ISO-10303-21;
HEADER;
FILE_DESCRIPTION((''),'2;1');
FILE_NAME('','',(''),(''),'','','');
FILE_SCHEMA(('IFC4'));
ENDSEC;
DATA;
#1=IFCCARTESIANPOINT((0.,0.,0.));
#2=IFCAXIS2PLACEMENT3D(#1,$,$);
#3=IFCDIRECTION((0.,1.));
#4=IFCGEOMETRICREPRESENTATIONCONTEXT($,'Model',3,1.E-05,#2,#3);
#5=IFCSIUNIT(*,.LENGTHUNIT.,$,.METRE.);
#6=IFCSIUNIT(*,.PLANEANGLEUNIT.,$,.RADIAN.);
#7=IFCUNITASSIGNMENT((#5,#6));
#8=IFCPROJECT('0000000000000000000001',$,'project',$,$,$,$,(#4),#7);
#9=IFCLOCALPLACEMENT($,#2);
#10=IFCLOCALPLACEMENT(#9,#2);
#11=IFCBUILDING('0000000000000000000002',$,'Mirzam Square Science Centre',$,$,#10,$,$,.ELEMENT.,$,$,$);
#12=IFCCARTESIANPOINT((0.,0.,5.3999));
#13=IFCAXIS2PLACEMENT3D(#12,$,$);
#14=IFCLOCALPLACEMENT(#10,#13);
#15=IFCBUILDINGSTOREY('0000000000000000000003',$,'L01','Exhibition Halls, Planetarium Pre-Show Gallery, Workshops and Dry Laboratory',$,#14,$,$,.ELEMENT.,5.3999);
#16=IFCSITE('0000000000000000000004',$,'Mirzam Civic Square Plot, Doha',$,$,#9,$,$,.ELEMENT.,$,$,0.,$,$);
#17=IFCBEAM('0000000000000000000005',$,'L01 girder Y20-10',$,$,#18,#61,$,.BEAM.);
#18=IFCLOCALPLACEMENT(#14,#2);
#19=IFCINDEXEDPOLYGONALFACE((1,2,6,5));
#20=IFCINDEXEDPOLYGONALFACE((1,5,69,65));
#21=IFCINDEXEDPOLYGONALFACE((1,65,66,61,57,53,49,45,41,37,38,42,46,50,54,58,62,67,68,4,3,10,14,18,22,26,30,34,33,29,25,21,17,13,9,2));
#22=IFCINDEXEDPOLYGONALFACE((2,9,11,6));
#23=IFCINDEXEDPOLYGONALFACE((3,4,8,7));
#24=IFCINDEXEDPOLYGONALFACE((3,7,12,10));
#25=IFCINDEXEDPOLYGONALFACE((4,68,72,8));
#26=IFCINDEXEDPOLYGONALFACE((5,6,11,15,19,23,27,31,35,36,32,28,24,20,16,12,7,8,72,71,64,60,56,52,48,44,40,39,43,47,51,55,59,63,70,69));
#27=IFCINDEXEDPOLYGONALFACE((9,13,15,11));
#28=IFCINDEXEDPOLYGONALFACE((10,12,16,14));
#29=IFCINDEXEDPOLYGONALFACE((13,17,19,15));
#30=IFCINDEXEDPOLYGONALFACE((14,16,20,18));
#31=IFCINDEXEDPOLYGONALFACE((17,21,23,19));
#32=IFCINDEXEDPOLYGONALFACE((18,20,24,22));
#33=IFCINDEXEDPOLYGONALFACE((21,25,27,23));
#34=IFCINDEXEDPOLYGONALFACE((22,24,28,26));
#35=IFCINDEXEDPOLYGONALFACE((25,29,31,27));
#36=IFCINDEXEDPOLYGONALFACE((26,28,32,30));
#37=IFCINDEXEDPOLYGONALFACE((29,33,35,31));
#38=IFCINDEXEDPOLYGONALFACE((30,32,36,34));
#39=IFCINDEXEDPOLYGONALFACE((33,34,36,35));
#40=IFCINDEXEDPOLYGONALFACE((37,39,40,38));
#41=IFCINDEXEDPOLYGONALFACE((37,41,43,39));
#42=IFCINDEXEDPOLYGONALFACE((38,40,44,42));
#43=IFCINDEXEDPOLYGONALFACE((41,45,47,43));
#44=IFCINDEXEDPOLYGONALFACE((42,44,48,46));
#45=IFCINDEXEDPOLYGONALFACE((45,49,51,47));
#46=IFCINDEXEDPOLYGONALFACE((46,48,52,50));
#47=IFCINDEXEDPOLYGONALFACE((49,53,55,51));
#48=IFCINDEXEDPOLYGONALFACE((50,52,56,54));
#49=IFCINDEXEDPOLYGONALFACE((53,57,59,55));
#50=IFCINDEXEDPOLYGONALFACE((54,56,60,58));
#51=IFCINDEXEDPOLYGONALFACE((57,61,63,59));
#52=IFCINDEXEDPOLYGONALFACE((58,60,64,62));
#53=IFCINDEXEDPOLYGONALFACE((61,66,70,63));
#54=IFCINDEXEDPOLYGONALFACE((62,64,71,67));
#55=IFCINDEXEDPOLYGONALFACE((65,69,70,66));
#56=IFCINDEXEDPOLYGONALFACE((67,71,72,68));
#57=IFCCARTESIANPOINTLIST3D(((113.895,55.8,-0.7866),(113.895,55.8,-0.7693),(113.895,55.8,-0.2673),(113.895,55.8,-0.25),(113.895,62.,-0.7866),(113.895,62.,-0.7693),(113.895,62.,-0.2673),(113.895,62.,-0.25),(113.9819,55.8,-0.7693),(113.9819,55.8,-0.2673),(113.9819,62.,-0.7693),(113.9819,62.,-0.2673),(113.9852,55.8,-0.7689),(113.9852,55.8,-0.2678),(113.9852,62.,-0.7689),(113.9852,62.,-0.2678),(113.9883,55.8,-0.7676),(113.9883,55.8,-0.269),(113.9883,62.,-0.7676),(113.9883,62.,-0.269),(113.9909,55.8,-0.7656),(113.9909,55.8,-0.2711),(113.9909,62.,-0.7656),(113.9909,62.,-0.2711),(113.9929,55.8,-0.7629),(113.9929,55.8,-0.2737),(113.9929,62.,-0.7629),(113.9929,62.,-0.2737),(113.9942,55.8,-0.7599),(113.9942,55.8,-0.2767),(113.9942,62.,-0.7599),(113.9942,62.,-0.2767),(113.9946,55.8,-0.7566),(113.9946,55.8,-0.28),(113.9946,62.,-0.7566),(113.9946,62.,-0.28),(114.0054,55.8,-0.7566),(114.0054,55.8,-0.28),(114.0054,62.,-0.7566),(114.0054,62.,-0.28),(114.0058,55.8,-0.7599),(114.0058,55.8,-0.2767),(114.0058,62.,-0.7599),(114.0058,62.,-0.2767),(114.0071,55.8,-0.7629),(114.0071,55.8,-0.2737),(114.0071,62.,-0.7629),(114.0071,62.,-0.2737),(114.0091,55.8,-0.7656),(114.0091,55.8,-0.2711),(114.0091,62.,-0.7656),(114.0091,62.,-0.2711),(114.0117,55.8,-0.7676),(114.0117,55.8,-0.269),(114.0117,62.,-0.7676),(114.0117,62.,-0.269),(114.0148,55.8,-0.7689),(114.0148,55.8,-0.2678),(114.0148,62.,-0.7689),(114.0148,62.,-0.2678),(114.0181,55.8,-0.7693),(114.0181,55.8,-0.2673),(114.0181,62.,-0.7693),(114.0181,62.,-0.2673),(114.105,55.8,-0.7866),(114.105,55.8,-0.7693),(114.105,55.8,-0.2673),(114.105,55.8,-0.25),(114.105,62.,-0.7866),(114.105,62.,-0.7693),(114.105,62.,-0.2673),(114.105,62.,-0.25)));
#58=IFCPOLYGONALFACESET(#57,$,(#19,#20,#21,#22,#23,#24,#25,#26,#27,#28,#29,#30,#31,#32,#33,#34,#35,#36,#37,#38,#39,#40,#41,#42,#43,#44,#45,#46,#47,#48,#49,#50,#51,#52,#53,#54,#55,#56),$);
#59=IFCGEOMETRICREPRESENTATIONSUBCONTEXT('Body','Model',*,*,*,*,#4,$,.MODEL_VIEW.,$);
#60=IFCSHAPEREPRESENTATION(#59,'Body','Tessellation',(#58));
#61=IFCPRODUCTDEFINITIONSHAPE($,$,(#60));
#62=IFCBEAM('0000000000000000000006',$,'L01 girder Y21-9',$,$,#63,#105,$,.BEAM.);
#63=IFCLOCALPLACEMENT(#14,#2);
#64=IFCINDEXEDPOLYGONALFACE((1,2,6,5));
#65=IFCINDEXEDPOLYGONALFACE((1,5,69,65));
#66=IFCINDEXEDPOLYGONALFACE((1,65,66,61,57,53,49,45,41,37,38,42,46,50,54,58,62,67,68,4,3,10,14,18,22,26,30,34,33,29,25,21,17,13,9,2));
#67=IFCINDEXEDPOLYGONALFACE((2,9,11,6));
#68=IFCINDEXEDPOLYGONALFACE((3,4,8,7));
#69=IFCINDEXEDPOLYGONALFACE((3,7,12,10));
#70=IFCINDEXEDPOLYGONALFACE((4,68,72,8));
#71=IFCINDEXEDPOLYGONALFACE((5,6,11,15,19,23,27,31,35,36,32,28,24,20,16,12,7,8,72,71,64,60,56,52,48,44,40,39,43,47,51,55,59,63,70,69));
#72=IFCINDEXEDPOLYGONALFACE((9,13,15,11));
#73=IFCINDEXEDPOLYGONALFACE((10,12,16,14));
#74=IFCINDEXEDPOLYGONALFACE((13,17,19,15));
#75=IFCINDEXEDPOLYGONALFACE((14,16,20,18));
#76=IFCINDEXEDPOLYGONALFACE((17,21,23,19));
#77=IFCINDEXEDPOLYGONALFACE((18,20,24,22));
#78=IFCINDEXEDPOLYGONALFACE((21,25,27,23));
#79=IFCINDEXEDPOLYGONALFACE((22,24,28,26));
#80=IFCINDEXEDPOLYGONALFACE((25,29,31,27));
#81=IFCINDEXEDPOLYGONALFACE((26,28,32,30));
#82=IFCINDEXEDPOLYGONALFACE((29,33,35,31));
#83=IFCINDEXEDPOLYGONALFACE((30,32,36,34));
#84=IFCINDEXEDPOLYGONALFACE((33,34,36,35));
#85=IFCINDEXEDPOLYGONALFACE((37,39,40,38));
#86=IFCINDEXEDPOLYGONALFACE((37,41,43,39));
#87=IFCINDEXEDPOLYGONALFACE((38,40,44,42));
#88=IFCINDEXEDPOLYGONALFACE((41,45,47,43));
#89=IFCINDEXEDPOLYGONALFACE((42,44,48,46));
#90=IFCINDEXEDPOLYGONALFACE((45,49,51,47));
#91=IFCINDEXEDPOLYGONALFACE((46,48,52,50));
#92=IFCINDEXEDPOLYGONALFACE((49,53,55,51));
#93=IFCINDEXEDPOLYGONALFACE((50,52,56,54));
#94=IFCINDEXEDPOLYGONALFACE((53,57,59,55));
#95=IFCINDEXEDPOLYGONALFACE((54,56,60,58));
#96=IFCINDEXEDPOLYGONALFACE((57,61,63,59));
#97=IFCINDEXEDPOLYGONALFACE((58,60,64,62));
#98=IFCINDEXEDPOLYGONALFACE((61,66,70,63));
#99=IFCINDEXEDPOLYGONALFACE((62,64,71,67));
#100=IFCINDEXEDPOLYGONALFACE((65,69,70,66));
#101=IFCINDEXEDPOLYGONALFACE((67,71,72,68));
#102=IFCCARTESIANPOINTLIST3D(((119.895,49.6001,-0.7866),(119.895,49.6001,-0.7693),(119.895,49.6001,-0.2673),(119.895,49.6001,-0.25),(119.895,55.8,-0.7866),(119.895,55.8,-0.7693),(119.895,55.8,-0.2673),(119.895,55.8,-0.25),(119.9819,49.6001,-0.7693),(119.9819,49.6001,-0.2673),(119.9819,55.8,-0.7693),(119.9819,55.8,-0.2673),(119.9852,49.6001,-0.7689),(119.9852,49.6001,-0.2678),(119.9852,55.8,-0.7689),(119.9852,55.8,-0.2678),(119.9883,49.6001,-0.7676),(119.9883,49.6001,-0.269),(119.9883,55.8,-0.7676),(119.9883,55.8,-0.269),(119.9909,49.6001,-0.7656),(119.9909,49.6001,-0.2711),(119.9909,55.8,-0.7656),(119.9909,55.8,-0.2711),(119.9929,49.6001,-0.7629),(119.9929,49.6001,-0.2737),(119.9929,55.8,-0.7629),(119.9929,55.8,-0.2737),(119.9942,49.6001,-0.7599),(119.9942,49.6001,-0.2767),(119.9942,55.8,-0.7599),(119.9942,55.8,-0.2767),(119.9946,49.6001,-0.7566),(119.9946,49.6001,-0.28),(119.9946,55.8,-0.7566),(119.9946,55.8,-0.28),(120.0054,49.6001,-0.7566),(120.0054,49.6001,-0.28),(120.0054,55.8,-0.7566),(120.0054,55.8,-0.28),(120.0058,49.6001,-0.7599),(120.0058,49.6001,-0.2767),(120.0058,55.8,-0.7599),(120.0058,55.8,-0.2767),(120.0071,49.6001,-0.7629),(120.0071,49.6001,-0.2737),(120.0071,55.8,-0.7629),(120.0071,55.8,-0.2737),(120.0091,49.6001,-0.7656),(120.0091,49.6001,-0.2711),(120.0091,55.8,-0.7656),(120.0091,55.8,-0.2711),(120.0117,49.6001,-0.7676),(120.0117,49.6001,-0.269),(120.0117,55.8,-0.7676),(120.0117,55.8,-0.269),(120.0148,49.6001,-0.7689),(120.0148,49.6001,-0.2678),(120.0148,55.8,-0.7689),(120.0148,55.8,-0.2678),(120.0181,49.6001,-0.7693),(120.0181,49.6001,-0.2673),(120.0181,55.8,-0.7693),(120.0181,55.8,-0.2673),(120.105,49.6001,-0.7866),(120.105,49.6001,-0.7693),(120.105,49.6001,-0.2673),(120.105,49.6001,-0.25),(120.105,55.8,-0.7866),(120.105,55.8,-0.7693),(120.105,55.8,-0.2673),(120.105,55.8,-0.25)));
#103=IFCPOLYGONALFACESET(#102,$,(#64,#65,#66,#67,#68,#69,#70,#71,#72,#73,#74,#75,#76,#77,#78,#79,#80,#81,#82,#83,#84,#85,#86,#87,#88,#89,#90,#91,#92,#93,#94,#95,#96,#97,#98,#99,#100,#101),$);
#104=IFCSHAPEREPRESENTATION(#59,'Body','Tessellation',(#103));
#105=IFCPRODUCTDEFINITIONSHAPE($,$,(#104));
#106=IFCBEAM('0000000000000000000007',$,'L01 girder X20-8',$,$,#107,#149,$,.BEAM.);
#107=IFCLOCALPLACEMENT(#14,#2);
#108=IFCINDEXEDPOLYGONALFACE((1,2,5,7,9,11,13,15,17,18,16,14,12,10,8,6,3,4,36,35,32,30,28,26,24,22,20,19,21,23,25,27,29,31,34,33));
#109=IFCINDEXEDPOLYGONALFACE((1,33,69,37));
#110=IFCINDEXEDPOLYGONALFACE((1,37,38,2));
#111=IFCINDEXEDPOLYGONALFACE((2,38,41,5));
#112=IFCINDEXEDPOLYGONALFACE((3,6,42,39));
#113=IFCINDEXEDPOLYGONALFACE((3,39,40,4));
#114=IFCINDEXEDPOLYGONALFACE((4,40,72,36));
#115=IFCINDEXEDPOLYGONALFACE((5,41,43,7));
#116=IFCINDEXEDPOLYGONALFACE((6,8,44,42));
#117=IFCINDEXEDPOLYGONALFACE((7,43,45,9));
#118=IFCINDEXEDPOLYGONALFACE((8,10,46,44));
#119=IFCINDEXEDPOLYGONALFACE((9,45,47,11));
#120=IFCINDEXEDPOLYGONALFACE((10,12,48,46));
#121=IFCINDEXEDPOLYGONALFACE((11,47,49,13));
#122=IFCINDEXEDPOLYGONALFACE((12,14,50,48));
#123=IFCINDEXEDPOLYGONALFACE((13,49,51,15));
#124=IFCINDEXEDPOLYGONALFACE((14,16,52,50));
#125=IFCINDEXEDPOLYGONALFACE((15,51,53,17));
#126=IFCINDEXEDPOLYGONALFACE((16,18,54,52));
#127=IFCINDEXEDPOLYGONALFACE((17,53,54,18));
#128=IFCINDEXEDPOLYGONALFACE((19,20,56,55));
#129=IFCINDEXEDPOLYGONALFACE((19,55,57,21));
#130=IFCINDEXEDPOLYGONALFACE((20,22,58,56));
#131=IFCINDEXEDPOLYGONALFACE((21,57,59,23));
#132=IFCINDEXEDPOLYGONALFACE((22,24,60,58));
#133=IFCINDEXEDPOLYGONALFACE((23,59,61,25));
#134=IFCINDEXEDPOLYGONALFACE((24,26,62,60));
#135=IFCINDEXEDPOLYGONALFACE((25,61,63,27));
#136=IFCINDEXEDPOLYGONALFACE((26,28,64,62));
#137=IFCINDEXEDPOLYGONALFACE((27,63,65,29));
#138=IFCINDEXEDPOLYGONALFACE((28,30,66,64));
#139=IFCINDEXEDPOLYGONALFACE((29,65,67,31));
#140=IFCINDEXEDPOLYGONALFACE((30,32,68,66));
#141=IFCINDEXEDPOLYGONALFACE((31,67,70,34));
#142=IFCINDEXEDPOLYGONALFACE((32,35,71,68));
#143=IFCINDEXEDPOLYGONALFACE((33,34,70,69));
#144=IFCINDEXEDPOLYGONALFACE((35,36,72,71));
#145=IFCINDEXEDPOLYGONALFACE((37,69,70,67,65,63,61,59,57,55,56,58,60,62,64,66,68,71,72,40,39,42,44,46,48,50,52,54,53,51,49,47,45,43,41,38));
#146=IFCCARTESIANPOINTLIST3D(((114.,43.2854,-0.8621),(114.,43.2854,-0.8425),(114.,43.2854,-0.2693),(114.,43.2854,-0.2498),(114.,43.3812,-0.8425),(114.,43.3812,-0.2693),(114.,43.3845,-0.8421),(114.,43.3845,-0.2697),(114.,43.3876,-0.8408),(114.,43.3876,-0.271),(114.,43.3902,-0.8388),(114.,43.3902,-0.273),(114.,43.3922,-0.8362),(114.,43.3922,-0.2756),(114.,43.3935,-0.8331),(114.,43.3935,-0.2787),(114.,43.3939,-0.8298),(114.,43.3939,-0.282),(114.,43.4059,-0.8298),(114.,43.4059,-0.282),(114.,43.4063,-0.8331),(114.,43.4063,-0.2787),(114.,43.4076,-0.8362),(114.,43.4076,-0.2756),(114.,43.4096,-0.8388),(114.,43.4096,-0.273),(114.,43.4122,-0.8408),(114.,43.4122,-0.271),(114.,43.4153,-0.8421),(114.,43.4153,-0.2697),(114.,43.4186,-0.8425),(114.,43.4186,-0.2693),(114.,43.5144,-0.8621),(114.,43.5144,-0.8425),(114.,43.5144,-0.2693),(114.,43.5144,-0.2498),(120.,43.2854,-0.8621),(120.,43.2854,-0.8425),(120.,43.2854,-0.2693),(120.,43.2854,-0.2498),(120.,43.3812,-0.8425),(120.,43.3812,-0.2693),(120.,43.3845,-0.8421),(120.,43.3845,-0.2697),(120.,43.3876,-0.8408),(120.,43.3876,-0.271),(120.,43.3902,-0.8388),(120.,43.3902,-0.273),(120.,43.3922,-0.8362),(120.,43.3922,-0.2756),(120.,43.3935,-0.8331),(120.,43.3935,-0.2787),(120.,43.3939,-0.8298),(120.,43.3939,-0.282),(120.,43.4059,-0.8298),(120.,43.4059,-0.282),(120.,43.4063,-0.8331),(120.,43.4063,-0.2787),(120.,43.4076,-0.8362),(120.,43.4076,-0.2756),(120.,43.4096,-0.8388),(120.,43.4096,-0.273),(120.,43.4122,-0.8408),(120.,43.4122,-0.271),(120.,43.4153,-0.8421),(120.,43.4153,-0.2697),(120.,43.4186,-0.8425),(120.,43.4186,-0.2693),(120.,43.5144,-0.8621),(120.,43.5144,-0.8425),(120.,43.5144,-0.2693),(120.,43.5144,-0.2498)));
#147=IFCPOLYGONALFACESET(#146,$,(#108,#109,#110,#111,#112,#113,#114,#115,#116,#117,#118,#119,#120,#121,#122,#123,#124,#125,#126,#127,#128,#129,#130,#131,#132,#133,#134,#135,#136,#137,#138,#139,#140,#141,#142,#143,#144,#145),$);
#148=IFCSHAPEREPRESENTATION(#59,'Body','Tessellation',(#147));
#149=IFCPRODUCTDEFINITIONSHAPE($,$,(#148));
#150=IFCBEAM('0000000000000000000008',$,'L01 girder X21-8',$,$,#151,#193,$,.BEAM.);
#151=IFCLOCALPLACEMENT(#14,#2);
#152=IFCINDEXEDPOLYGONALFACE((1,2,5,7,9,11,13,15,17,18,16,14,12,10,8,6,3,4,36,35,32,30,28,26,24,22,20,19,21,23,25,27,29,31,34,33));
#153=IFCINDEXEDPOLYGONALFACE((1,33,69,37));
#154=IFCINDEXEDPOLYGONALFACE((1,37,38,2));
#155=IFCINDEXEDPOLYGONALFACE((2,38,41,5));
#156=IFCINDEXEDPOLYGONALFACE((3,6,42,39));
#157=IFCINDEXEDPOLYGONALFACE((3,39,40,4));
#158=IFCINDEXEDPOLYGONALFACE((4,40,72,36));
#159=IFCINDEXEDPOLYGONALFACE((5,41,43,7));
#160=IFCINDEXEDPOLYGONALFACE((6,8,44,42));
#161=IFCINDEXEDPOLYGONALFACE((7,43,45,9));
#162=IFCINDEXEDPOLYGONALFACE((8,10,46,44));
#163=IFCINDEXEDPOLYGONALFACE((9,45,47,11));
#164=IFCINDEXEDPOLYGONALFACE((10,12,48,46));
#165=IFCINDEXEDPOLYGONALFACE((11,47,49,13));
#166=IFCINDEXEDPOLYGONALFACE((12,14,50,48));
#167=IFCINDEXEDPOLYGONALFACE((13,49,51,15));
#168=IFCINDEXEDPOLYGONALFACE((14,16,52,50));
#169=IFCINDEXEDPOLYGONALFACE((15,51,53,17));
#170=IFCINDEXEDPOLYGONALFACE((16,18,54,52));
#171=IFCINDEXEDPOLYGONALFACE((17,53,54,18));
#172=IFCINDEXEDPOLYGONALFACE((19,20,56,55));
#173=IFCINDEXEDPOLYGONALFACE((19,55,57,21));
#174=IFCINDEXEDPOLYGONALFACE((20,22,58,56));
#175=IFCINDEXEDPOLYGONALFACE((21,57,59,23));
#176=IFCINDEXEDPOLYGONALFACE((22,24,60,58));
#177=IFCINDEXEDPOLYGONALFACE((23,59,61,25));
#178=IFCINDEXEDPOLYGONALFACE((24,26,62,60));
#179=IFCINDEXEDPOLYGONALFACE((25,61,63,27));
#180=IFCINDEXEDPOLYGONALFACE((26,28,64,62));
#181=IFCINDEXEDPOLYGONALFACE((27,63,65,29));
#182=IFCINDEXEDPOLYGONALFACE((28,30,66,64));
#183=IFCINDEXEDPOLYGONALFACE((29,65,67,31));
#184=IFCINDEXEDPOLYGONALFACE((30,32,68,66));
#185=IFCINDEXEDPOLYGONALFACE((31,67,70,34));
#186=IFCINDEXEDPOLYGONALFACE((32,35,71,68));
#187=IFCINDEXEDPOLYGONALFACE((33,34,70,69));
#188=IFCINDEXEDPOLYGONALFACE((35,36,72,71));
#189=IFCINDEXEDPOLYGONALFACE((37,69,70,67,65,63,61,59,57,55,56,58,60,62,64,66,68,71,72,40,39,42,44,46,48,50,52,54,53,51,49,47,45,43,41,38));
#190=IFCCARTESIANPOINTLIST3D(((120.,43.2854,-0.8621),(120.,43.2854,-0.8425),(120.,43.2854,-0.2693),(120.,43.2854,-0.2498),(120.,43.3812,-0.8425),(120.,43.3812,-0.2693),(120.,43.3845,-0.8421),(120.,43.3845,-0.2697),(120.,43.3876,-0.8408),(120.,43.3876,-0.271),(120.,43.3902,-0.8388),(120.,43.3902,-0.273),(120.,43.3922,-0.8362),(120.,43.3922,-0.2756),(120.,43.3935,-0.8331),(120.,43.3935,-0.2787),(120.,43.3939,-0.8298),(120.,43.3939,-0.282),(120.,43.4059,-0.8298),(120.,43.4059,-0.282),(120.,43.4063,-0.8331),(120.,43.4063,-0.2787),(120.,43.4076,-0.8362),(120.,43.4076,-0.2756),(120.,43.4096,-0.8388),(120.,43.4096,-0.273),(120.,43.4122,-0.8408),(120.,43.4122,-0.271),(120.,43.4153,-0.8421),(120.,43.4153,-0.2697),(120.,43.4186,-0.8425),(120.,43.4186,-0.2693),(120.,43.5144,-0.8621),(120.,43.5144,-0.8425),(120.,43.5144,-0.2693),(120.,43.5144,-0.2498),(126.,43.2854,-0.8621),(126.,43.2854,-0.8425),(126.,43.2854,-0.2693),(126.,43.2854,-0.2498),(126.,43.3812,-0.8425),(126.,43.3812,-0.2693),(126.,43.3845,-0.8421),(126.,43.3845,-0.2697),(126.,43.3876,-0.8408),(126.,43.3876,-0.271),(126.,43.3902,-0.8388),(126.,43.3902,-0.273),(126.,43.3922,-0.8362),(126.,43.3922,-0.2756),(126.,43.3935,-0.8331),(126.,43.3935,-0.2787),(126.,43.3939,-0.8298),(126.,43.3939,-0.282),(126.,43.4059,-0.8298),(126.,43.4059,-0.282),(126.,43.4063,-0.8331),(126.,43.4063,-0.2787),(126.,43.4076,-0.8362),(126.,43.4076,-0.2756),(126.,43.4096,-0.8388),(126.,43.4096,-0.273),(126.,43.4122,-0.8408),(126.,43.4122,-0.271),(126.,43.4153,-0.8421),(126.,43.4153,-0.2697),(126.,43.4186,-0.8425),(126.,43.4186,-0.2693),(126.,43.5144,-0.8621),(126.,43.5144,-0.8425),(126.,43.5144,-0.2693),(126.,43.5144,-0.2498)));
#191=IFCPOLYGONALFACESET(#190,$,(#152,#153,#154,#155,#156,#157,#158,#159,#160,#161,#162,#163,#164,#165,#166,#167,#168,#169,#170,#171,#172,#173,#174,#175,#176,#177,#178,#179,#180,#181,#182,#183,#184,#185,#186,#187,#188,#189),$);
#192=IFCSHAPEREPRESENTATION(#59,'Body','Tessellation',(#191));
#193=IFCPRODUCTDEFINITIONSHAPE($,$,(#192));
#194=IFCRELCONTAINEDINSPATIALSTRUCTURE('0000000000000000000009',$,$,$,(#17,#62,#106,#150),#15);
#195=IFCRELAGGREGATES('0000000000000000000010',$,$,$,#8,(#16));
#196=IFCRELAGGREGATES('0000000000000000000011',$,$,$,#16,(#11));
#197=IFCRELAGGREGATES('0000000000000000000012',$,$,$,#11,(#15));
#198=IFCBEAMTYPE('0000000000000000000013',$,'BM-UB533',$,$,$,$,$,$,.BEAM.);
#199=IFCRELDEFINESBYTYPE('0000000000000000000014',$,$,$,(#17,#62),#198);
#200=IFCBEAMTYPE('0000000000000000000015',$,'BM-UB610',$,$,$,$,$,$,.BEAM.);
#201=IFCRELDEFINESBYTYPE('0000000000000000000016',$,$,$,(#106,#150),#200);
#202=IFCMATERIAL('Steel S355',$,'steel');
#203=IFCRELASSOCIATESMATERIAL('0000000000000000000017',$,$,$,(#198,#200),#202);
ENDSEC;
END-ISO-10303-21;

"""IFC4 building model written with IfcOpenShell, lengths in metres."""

from ifc_helpers import new_model, si_unit, direction, frame, origin, origin_2d, place, context, subcontext, project, spatial, i_section, extrude, material, material_profile, profile_set, type_object, element, save


model = new_model("IFC4")

# Units and contexts
model_context = context("Model", 3, precision=1e-05, world=origin(), true_north=direction((0.0, 1.0)))
body_context = subcontext(model_context, "Body", "Model", "MODEL_VIEW")
ifc_project = project(units=[si_unit("LENGTHUNIT", "METRE"), si_unit("PLANEANGLEUNIT", "RADIAN")], contexts=[model_context])

# Site, building, storey
site_placement = place(None, origin())
site = spatial("IfcSite", under=ifc_project, at=site_placement, Name="Mirzam Civic Square Plot, Doha", CompositionType="ELEMENT", RefElevation=0.0)
building_placement = place(site_placement, origin())
building = spatial("IfcBuilding", under=site, at=building_placement, Name="Mirzam Square Science Centre", CompositionType="ELEMENT")
storey_placement = place(building_placement, frame((0.0, 0.0, 5.3999)))
storey = spatial("IfcBuildingStorey", under=building, at=storey_placement, Name="L01", Description="Exhibition Halls, Planetarium Pre-Show Gallery, Workshops and Dry Laboratory", CompositionType="ELEMENT", Elevation=5.3999)

# Shared definitions
ifc_material_1 = material(Name="Steel S355", Category="steel")

# Beams
ifc_material_profile_1 = material_profile(ifc_material_1, i_section(OverallWidth=0.21, OverallDepth=0.5366, WebThickness=0.0107, FlangeThickness=0.0173, FilletRadius=0.0127, at=origin_2d()), Name="533x210x101UB")
ifc_profile_set_1 = profile_set([ifc_material_profile_1], Name="Steel S355")
beam_type_1 = type_object("IfcBeamType", Name="BM-UB533", PredefinedType="BEAM", material=ifc_profile_set_1)
for number, where, z_axis, x_axis, name in (
    (1, (114.0, 55.8, -0.5183), (0.0, 1.0, 0.0), (-1.0, 0.0, 0.0), "L01 girder Y20-10"),
    (2, (120.0, 49.6001, -0.5183), (0.0, 1.0, 0.0), (-1.0, 0.0, 0.0), "L01 girder Y21-9"),
):
    element("IfcBeam", number, at=place(storey_placement, frame(where, z_axis=z_axis, x_axis=x_axis)), inside=storey, type_object=beam_type_1, Name=name, PredefinedType="BEAM", context=body_context, shape_type="SweptSolid", body=[
        extrude(i_section(OverallWidth=0.21, OverallDepth=0.5366, WebThickness=0.0107, FlangeThickness=0.0173, FilletRadius=0.0127, at=origin_2d()), origin(), (0.0, 0.0, 1.0), 6.2),
    ])
ifc_material_profile_2 = material_profile(ifc_material_1, i_section(OverallWidth=0.229, OverallDepth=0.6123, WebThickness=0.012, FlangeThickness=0.0195, FilletRadius=0.0127, at=origin_2d()), Name="610x229x125UB")
ifc_profile_set_2 = profile_set([ifc_material_profile_2], Name="Steel S355")
beam_type_2 = type_object("IfcBeamType", Name="BM-UB610", PredefinedType="BEAM", material=ifc_profile_set_2)
for number, where, z_axis, x_axis, name in (
    (3, (114.0, 43.3999, -0.5559), (1.0, 0.0, 0.0), (0.0, 1.0, 0.0), "L01 girder X20-8"),
    (4, (120.0, 43.3999, -0.5559), (1.0, 0.0, 0.0), (0.0, 1.0, 0.0), "L01 girder X21-8"),
):
    element("IfcBeam", number, at=place(storey_placement, frame(where, z_axis=z_axis, x_axis=x_axis)), inside=storey, type_object=beam_type_2, Name=name, PredefinedType="BEAM", context=body_context, shape_type="SweptSolid", body=[
        extrude(i_section(OverallWidth=0.229, OverallDepth=0.6123, WebThickness=0.012, FlangeThickness=0.0195, FilletRadius=0.0127, at=origin_2d()), origin(), (0.0, 0.0, 1.0), 6.0),
    ])

save(model, "model.ifc")
